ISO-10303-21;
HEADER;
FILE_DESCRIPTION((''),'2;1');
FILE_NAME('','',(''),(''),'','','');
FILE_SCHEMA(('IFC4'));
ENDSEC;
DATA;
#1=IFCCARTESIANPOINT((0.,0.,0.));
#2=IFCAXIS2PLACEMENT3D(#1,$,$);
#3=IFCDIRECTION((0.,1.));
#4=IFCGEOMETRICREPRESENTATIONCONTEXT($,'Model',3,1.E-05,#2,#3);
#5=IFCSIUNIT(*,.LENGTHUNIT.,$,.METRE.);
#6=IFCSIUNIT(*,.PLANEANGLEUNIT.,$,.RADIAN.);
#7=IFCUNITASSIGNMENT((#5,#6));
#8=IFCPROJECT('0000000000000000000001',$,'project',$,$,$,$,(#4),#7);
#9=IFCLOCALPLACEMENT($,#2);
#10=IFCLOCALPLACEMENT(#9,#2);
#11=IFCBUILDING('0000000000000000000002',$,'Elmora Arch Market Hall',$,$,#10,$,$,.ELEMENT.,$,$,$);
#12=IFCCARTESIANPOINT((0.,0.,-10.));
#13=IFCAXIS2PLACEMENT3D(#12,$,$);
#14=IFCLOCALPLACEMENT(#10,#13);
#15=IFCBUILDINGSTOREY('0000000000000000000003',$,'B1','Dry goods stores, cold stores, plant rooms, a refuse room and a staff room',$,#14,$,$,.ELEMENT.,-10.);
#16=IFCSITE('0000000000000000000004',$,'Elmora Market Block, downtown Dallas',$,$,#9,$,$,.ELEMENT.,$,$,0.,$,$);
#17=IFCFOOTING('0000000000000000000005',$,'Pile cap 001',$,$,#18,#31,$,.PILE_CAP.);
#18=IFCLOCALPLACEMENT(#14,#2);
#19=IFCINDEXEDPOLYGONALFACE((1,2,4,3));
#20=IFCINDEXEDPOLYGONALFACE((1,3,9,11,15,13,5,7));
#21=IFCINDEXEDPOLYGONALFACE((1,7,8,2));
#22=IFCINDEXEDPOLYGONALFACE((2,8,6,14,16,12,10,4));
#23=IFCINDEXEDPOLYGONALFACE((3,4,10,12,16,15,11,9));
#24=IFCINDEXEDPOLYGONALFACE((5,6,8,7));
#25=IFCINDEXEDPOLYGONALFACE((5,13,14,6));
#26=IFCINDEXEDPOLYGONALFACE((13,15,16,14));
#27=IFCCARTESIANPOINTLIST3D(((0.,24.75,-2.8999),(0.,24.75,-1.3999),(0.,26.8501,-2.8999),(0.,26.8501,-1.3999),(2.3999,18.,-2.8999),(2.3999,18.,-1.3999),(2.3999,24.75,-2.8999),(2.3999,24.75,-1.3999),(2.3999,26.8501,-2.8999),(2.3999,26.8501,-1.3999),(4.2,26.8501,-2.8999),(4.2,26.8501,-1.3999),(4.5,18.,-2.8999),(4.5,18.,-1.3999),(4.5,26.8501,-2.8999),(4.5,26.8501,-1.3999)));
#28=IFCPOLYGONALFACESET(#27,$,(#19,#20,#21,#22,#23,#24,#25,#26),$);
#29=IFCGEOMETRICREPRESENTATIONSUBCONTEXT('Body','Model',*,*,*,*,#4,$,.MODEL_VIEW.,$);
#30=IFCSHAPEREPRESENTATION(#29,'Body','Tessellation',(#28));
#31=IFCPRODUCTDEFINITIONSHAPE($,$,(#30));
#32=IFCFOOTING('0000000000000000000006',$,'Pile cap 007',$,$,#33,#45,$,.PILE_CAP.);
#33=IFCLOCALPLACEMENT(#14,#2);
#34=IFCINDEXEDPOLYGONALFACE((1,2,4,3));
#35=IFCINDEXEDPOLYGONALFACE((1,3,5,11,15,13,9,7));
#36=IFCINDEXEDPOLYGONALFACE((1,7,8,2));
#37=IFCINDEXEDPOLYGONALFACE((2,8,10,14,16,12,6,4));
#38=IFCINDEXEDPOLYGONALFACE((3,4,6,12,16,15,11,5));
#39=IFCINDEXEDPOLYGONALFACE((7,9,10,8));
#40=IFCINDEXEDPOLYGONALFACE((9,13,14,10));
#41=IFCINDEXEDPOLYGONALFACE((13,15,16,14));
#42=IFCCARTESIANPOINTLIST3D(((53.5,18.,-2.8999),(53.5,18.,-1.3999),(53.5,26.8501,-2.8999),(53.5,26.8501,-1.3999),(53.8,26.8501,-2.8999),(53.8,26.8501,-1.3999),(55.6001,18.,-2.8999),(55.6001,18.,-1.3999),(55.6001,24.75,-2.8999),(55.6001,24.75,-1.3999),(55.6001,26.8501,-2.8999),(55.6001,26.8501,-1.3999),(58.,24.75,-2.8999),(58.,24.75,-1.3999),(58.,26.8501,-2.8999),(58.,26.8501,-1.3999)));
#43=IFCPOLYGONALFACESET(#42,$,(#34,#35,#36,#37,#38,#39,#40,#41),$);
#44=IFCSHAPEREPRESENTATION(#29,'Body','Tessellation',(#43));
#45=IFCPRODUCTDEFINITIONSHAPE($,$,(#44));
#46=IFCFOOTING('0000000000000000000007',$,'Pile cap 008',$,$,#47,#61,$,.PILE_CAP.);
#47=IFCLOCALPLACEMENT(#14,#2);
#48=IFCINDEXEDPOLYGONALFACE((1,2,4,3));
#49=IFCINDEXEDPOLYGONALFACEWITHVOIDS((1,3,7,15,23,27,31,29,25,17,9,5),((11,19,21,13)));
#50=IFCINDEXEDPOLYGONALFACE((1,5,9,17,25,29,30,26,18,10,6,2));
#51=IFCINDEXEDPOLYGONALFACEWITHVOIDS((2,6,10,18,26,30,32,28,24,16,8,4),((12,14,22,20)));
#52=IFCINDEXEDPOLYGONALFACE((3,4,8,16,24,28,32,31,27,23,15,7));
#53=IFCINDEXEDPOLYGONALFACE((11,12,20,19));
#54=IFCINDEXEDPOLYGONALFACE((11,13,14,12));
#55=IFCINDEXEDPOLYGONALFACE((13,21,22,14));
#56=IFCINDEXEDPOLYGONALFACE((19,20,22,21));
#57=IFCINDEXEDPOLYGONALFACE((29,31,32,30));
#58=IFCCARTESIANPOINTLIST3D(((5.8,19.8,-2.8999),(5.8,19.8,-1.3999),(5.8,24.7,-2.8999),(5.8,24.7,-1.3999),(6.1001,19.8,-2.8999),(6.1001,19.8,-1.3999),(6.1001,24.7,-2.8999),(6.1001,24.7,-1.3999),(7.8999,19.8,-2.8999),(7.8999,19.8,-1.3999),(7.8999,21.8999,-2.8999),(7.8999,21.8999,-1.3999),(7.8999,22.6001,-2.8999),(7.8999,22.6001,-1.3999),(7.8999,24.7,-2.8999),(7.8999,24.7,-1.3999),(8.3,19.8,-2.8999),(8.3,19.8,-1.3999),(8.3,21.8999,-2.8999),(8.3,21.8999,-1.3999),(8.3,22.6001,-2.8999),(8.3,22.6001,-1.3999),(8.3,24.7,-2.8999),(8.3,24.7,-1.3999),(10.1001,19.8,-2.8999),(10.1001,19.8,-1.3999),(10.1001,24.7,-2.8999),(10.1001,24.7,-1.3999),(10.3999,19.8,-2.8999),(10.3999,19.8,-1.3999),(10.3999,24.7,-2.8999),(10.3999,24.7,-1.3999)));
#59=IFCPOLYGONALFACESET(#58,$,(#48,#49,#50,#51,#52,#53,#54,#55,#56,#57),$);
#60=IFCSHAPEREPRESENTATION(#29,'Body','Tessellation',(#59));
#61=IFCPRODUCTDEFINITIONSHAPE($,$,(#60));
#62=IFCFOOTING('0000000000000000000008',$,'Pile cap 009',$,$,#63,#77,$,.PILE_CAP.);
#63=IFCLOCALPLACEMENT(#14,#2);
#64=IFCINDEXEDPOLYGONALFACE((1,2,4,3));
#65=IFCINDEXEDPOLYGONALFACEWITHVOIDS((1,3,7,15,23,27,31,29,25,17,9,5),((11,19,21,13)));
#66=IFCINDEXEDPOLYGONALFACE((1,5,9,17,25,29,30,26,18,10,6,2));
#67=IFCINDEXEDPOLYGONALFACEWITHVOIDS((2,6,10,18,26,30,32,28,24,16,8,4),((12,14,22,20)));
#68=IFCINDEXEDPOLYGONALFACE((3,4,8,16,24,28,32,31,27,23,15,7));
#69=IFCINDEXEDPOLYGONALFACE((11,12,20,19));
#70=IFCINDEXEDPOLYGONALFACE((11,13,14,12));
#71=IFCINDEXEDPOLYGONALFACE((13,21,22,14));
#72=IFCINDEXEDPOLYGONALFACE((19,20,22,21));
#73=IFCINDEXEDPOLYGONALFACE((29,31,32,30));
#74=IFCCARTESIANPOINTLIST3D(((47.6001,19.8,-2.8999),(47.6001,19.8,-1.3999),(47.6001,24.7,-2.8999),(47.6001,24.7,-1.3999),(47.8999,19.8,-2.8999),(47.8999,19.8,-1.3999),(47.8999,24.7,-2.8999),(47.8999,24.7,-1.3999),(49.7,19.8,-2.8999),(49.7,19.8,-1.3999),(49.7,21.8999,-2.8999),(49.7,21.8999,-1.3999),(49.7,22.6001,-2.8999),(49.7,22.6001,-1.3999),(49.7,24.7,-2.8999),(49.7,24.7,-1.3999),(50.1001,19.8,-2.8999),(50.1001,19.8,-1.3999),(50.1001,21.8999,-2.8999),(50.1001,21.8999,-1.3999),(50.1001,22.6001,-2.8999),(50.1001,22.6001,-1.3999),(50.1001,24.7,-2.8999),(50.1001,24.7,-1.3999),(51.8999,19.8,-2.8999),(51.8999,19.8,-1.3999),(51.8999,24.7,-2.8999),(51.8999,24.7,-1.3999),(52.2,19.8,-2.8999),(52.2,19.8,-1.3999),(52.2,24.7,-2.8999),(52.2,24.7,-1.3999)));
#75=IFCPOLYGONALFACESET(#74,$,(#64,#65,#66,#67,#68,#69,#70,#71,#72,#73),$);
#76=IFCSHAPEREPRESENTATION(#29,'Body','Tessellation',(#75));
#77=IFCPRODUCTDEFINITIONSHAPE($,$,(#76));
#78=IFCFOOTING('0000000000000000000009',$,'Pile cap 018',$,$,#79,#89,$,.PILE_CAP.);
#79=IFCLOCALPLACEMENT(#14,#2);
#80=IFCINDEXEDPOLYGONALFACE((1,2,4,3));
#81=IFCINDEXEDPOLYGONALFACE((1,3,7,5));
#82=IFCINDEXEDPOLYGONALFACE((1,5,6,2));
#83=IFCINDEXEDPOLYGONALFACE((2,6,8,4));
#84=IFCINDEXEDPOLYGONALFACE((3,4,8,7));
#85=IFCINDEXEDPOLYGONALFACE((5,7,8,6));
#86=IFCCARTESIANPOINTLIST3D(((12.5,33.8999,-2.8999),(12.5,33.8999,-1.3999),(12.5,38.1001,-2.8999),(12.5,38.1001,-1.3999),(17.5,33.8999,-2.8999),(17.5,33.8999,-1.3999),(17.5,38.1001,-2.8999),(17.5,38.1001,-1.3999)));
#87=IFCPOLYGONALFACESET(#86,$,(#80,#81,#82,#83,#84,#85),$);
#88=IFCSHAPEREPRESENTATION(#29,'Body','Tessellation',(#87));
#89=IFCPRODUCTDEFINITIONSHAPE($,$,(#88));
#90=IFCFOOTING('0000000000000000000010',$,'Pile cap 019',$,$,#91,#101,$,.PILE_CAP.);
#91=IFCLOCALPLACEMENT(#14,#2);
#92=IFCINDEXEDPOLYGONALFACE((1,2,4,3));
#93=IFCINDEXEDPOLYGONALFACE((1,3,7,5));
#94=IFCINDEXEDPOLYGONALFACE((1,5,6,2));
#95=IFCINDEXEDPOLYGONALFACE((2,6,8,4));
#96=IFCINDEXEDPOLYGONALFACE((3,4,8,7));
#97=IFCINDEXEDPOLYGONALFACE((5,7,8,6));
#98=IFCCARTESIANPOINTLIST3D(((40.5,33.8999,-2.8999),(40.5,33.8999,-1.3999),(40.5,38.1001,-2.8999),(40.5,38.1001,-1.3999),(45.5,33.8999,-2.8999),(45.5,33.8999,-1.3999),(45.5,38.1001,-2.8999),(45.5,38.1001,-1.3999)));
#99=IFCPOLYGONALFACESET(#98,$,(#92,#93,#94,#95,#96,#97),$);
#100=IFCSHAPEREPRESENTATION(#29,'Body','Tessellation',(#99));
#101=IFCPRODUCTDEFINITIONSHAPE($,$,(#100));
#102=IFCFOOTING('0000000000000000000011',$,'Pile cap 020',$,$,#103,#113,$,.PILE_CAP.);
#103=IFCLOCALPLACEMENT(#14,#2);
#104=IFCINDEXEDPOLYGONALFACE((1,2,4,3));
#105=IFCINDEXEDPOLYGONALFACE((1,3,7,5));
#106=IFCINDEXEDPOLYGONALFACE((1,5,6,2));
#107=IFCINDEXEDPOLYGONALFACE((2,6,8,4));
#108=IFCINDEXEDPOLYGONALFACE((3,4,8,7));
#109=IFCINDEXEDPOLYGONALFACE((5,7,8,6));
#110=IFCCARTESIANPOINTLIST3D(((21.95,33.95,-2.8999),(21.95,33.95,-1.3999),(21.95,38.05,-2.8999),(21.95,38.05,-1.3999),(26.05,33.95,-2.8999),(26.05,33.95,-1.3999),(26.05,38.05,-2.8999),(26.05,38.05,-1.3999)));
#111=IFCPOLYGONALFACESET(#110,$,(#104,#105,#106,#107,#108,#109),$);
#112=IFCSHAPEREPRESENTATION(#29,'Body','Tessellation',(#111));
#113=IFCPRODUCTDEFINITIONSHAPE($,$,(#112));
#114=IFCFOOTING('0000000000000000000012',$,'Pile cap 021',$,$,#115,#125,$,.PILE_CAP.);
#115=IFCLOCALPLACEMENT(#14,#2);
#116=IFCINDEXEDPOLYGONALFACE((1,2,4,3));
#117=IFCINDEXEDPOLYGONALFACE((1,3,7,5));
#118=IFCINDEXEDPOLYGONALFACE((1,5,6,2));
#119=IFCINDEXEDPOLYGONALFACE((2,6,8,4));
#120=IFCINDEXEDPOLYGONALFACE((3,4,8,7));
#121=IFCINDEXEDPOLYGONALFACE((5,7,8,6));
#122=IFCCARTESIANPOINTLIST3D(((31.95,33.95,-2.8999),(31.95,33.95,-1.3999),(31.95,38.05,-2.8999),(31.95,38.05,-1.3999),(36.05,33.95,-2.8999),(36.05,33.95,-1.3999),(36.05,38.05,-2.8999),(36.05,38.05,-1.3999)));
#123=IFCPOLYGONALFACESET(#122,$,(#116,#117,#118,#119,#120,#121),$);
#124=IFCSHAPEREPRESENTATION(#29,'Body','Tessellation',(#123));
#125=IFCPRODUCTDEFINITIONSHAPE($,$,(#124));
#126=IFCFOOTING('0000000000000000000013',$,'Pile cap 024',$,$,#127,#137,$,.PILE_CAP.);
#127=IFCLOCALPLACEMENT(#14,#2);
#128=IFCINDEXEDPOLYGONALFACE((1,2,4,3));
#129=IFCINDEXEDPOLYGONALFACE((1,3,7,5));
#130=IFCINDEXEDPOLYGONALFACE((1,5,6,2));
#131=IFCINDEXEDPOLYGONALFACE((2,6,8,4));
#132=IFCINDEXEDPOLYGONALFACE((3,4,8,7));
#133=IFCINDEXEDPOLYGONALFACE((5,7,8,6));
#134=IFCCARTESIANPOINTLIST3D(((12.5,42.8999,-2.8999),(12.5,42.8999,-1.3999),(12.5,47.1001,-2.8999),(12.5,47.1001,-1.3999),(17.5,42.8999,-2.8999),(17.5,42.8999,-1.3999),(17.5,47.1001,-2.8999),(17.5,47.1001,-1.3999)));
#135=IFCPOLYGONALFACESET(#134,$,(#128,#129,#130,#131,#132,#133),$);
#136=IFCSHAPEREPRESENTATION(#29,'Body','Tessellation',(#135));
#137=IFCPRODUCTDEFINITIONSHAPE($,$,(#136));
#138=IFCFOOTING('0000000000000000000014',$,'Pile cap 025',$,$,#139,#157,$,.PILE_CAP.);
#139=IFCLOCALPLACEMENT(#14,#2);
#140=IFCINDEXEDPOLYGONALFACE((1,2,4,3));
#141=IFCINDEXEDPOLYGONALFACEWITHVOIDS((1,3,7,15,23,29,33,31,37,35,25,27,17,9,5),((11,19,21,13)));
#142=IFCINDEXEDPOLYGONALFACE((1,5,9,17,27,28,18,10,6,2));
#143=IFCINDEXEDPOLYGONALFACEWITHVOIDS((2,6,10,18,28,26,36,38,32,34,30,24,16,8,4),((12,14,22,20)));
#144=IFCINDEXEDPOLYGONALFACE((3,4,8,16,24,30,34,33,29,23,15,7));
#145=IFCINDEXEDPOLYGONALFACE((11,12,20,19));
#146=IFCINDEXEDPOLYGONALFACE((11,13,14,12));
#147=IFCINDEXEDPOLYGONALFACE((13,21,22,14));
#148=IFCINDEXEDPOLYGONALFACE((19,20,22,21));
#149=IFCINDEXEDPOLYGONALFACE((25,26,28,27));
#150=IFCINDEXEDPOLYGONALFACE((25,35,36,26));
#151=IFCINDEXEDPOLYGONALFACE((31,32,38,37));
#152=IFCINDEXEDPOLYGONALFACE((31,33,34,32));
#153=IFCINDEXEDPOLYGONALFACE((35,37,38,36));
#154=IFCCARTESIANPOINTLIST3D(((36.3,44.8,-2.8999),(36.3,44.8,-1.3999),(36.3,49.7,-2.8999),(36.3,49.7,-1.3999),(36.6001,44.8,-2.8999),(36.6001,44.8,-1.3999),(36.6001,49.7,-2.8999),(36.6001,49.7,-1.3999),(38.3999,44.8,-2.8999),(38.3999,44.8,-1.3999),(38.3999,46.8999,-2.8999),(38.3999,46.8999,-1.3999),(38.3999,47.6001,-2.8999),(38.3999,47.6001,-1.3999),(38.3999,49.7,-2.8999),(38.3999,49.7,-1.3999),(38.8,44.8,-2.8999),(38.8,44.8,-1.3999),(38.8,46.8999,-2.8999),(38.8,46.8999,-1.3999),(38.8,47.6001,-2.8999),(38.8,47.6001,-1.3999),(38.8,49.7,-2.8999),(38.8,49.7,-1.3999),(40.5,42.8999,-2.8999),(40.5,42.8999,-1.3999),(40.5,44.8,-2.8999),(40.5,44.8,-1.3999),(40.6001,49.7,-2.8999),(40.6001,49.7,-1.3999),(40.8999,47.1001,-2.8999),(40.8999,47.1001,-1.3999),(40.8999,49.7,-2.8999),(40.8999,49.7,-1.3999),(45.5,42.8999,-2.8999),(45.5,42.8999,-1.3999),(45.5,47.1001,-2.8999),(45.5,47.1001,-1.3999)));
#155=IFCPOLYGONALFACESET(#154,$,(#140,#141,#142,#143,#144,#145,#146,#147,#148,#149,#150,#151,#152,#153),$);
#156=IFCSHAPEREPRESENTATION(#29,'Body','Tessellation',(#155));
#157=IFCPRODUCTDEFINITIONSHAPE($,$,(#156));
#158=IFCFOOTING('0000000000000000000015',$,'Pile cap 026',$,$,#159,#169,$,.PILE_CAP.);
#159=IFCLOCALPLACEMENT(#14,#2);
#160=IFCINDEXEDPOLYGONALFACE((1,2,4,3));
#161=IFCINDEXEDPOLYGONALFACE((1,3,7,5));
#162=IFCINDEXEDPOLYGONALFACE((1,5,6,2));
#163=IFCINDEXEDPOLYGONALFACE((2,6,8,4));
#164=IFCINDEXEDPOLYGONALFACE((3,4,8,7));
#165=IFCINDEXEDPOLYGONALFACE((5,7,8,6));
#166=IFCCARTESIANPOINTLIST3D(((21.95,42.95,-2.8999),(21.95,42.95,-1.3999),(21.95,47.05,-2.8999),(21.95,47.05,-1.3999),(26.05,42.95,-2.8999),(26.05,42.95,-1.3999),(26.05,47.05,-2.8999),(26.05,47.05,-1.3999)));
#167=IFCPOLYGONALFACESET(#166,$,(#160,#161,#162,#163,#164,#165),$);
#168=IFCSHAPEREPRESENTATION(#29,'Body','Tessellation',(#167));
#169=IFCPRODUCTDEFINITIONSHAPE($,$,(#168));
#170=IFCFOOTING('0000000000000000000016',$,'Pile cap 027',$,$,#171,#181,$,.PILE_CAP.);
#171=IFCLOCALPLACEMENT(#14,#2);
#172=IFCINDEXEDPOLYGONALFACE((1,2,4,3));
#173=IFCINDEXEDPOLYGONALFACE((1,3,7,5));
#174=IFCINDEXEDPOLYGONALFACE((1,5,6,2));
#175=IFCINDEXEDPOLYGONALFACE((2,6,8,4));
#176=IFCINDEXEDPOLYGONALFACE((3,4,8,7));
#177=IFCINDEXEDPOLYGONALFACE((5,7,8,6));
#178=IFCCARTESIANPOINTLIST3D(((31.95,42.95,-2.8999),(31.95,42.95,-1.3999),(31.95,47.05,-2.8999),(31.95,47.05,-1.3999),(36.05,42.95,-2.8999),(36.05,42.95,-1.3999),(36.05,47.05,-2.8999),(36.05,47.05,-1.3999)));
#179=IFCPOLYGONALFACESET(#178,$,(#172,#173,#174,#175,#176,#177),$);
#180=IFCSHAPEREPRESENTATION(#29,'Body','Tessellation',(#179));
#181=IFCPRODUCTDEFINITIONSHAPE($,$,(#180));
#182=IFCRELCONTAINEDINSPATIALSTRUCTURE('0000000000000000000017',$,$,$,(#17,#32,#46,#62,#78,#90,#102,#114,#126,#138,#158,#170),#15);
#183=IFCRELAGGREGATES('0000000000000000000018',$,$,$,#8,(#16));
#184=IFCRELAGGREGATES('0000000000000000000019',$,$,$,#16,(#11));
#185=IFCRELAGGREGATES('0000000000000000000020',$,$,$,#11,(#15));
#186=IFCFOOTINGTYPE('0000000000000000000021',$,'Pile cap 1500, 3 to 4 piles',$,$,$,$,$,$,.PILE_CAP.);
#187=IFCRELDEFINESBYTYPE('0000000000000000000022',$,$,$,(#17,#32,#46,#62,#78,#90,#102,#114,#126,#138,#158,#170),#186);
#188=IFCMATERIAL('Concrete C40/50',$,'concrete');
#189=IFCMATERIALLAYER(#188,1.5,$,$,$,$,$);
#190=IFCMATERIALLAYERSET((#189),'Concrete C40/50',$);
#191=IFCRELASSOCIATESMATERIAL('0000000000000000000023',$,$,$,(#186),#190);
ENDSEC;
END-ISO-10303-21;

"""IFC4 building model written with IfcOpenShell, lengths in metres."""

from ifc_helpers import new_model, si_unit, direction, frame, origin, place, context, subcontext, project, spatial, polyline, outline, extrude, material, layer, layer_set, type_object, element, save


model = new_model("IFC4")

# Units and contexts
model_context = context("Model", 3, precision=1e-05, world=origin(), true_north=direction((0.0, 1.0)))
body_context = subcontext(model_context, "Body", "Model", "MODEL_VIEW")
ifc_project = project(units=[si_unit("LENGTHUNIT", "METRE"), si_unit("PLANEANGLEUNIT", "RADIAN")], contexts=[model_context])

# Site, building, storey
site_placement = place(None, origin())
site = spatial("IfcSite", under=ifc_project, at=site_placement, Name="Elmora Market Block, downtown Dallas", CompositionType="ELEMENT", RefElevation=0.0)
building_placement = place(site_placement, origin())
building = spatial("IfcBuilding", under=site, at=building_placement, Name="Elmora Arch Market Hall", CompositionType="ELEMENT")
storey_placement = place(building_placement, frame((0.0, 0.0, -10.0)))
storey = spatial("IfcBuildingStorey", under=building, at=storey_placement, Name="B1", Description="Dry goods stores, cold stores, plant rooms, a refuse room and a staff room", CompositionType="ELEMENT", Elevation=-10.0)

# Footings
ifc_material_1 = material(Name="Concrete C40/50", Category="concrete")
ifc_layer_1 = layer(ifc_material_1, 1.5)
ifc_layer_set_1 = layer_set([ifc_layer_1], Name="Concrete C40/50")
footing_type_1 = type_object("IfcFootingType", Name="Pile cap 1500, 3 to 4 piles", PredefinedType="PILE_CAP", material=ifc_layer_set_1)
footing_1_placement = place(storey_placement, frame((0.0, 0.0, -2.8999)))
element("IfcFooting", 1, at=footing_1_placement, inside=storey, type_object=footing_type_1, Name="Pile cap 001", PredefinedType="PILE_CAP", context=body_context, shape_type="SweptSolid", body=[
    extrude(outline(polyline([(2.3999, 26.8501), (4.2, 26.8501), (4.5, 26.8501), (4.5, 18.0), (2.3999, 18.0), (2.3999, 24.75), (0.0, 24.75), (0.0, 26.8501), (2.3999, 26.8501)])), origin(), (0.0, 0.0, 1.0), 1.5),
])
footing_2_placement = place(storey_placement, frame((0.0, 0.0, -2.8999)))
element("IfcFooting", 2, at=footing_2_placement, inside=storey, type_object=footing_type_1, Name="Pile cap 007", PredefinedType="PILE_CAP", context=body_context, shape_type="SweptSolid", body=[
    extrude(outline(polyline([(55.6001, 26.8501), (58.0, 26.8501), (58.0, 24.75), (55.6001, 24.75), (55.6001, 18.0), (53.5, 18.0), (53.5, 26.8501), (53.8, 26.8501), (55.6001, 26.8501)])), origin(), (0.0, 0.0, 1.0), 1.5),
])
footing_3_placement = place(storey_placement, frame((0.0, 0.0, -2.8999)))
element("IfcFooting", 3, at=footing_3_placement, inside=storey, type_object=footing_type_1, Name="Pile cap 008", PredefinedType="PILE_CAP", context=body_context, shape_type="SweptSolid", body=[
    extrude(outline(polyline([(6.1001, 24.7), (7.8999, 24.7), (8.3, 24.7), (10.1001, 24.7), (10.3999, 24.7), (10.3999, 19.8), (10.1001, 19.8), (8.3, 19.8), (7.8999, 19.8), (6.1001, 19.8), (5.8, 19.8), (5.8, 24.7), (6.1001, 24.7)]), holes=[polyline([(8.3, 22.6001), (7.8999, 22.6001), (7.8999, 21.8999), (8.3, 21.8999), (8.3, 22.6001)])]), origin(), (0.0, 0.0, 1.0), 1.5),
])
footing_4_placement = place(storey_placement, frame((0.0, 0.0, -2.8999)))
element("IfcFooting", 4, at=footing_4_placement, inside=storey, type_object=footing_type_1, Name="Pile cap 009", PredefinedType="PILE_CAP", context=body_context, shape_type="SweptSolid", body=[
    extrude(outline(polyline([(50.1001, 19.8), (49.7, 19.8), (47.8999, 19.8), (47.6001, 19.8), (47.6001, 24.7), (47.8999, 24.7), (49.7, 24.7), (50.1001, 24.7), (51.8999, 24.7), (52.2, 24.7), (52.2, 19.8), (51.8999, 19.8), (50.1001, 19.8)]), holes=[polyline([(50.1001, 22.6001), (49.7, 22.6001), (49.7, 21.8999), (50.1001, 21.8999), (50.1001, 22.6001)])]), origin(), (0.0, 0.0, 1.0), 1.5),
])
footing_5_placement = place(storey_placement, frame((0.0, 0.0, -2.8999)))
element("IfcFooting", 5, at=footing_5_placement, inside=storey, type_object=footing_type_1, Name="Pile cap 018", PredefinedType="PILE_CAP", context=body_context, shape_type="SweptSolid", body=[
    extrude(outline(polyline([(17.5, 33.8999), (12.5, 33.8999), (12.5, 38.1001), (17.5, 38.1001), (17.5, 33.8999)])), origin(), (0.0, 0.0, 1.0), 1.5),
])
footing_6_placement = place(storey_placement, frame((0.0, 0.0, -2.8999)))
element("IfcFooting", 6, at=footing_6_placement, inside=storey, type_object=footing_type_1, Name="Pile cap 019", PredefinedType="PILE_CAP", context=body_context, shape_type="SweptSolid", body=[
    extrude(outline(polyline([(45.5, 33.8999), (40.5, 33.8999), (40.5, 38.1001), (45.5, 38.1001), (45.5, 33.8999)])), origin(), (0.0, 0.0, 1.0), 1.5),
])
footing_7_placement = place(storey_placement, frame((0.0, 0.0, -2.8999)))
element("IfcFooting", 7, at=footing_7_placement, inside=storey, type_object=footing_type_1, Name="Pile cap 020", PredefinedType="PILE_CAP", context=body_context, shape_type="SweptSolid", body=[
    extrude(outline(polyline([(26.05, 33.95), (21.95, 33.95), (21.95, 38.05), (26.05, 38.05), (26.05, 33.95)])), origin(), (0.0, 0.0, 1.0), 1.5),
])
footing_8_placement = place(storey_placement, frame((0.0, 0.0, -2.8999)))
element("IfcFooting", 8, at=footing_8_placement, inside=storey, type_object=footing_type_1, Name="Pile cap 021", PredefinedType="PILE_CAP", context=body_context, shape_type="SweptSolid", body=[
    extrude(outline(polyline([(36.05, 38.05), (36.05, 33.95), (31.95, 33.95), (31.95, 38.05), (36.05, 38.05)])), origin(), (0.0, 0.0, 1.0), 1.5),
])
footing_9_placement = place(storey_placement, frame((0.0, 0.0, -2.8999)))
element("IfcFooting", 9, at=footing_9_placement, inside=storey, type_object=footing_type_1, Name="Pile cap 024", PredefinedType="PILE_CAP", context=body_context, shape_type="SweptSolid", body=[
    extrude(outline(polyline([(17.5, 42.8999), (12.5, 42.8999), (12.5, 47.1001), (17.5, 47.1001), (17.5, 42.8999)])), origin(), (0.0, 0.0, 1.0), 1.5),
])
footing_10_placement = place(storey_placement, frame((0.0, 0.0, -2.8999)))
element("IfcFooting", 10, at=footing_10_placement, inside=storey, type_object=footing_type_1, Name="Pile cap 025", PredefinedType="PILE_CAP", context=body_context, shape_type="SweptSolid", body=[
    extrude(outline(polyline([(38.3999, 44.8), (36.6001, 44.8), (36.3, 44.8), (36.3, 49.7), (36.6001, 49.7), (38.3999, 49.7), (38.8, 49.7), (40.6001, 49.7), (40.8999, 49.7), (40.8999, 47.1001), (45.5, 47.1001), (45.5, 42.8999), (40.5, 42.8999), (40.5, 44.8), (38.8, 44.8), (38.3999, 44.8)]), holes=[polyline([(38.3999, 47.6001), (38.3999, 46.8999), (38.8, 46.8999), (38.8, 47.6001), (38.3999, 47.6001)])]), origin(), (0.0, 0.0, 1.0), 1.5),
])
footing_11_placement = place(storey_placement, frame((0.0, 0.0, -2.8999)))
element("IfcFooting", 11, at=footing_11_placement, inside=storey, type_object=footing_type_1, Name="Pile cap 026", PredefinedType="PILE_CAP", context=body_context, shape_type="SweptSolid", body=[
    extrude(outline(polyline([(26.05, 42.95), (21.95, 42.95), (21.95, 47.05), (26.05, 47.05), (26.05, 42.95)])), origin(), (0.0, 0.0, 1.0), 1.5),
])
footing_12_placement = place(storey_placement, frame((0.0, 0.0, -2.8999)))
element("IfcFooting", 12, at=footing_12_placement, inside=storey, type_object=footing_type_1, Name="Pile cap 027", PredefinedType="PILE_CAP", context=body_context, shape_type="SweptSolid", body=[
    extrude(outline(polyline([(36.05, 42.95), (31.95, 42.95), (31.95, 47.05), (36.05, 47.05), (36.05, 42.95)])), origin(), (0.0, 0.0, 1.0), 1.5),
])

save(model, "model.ifc")
